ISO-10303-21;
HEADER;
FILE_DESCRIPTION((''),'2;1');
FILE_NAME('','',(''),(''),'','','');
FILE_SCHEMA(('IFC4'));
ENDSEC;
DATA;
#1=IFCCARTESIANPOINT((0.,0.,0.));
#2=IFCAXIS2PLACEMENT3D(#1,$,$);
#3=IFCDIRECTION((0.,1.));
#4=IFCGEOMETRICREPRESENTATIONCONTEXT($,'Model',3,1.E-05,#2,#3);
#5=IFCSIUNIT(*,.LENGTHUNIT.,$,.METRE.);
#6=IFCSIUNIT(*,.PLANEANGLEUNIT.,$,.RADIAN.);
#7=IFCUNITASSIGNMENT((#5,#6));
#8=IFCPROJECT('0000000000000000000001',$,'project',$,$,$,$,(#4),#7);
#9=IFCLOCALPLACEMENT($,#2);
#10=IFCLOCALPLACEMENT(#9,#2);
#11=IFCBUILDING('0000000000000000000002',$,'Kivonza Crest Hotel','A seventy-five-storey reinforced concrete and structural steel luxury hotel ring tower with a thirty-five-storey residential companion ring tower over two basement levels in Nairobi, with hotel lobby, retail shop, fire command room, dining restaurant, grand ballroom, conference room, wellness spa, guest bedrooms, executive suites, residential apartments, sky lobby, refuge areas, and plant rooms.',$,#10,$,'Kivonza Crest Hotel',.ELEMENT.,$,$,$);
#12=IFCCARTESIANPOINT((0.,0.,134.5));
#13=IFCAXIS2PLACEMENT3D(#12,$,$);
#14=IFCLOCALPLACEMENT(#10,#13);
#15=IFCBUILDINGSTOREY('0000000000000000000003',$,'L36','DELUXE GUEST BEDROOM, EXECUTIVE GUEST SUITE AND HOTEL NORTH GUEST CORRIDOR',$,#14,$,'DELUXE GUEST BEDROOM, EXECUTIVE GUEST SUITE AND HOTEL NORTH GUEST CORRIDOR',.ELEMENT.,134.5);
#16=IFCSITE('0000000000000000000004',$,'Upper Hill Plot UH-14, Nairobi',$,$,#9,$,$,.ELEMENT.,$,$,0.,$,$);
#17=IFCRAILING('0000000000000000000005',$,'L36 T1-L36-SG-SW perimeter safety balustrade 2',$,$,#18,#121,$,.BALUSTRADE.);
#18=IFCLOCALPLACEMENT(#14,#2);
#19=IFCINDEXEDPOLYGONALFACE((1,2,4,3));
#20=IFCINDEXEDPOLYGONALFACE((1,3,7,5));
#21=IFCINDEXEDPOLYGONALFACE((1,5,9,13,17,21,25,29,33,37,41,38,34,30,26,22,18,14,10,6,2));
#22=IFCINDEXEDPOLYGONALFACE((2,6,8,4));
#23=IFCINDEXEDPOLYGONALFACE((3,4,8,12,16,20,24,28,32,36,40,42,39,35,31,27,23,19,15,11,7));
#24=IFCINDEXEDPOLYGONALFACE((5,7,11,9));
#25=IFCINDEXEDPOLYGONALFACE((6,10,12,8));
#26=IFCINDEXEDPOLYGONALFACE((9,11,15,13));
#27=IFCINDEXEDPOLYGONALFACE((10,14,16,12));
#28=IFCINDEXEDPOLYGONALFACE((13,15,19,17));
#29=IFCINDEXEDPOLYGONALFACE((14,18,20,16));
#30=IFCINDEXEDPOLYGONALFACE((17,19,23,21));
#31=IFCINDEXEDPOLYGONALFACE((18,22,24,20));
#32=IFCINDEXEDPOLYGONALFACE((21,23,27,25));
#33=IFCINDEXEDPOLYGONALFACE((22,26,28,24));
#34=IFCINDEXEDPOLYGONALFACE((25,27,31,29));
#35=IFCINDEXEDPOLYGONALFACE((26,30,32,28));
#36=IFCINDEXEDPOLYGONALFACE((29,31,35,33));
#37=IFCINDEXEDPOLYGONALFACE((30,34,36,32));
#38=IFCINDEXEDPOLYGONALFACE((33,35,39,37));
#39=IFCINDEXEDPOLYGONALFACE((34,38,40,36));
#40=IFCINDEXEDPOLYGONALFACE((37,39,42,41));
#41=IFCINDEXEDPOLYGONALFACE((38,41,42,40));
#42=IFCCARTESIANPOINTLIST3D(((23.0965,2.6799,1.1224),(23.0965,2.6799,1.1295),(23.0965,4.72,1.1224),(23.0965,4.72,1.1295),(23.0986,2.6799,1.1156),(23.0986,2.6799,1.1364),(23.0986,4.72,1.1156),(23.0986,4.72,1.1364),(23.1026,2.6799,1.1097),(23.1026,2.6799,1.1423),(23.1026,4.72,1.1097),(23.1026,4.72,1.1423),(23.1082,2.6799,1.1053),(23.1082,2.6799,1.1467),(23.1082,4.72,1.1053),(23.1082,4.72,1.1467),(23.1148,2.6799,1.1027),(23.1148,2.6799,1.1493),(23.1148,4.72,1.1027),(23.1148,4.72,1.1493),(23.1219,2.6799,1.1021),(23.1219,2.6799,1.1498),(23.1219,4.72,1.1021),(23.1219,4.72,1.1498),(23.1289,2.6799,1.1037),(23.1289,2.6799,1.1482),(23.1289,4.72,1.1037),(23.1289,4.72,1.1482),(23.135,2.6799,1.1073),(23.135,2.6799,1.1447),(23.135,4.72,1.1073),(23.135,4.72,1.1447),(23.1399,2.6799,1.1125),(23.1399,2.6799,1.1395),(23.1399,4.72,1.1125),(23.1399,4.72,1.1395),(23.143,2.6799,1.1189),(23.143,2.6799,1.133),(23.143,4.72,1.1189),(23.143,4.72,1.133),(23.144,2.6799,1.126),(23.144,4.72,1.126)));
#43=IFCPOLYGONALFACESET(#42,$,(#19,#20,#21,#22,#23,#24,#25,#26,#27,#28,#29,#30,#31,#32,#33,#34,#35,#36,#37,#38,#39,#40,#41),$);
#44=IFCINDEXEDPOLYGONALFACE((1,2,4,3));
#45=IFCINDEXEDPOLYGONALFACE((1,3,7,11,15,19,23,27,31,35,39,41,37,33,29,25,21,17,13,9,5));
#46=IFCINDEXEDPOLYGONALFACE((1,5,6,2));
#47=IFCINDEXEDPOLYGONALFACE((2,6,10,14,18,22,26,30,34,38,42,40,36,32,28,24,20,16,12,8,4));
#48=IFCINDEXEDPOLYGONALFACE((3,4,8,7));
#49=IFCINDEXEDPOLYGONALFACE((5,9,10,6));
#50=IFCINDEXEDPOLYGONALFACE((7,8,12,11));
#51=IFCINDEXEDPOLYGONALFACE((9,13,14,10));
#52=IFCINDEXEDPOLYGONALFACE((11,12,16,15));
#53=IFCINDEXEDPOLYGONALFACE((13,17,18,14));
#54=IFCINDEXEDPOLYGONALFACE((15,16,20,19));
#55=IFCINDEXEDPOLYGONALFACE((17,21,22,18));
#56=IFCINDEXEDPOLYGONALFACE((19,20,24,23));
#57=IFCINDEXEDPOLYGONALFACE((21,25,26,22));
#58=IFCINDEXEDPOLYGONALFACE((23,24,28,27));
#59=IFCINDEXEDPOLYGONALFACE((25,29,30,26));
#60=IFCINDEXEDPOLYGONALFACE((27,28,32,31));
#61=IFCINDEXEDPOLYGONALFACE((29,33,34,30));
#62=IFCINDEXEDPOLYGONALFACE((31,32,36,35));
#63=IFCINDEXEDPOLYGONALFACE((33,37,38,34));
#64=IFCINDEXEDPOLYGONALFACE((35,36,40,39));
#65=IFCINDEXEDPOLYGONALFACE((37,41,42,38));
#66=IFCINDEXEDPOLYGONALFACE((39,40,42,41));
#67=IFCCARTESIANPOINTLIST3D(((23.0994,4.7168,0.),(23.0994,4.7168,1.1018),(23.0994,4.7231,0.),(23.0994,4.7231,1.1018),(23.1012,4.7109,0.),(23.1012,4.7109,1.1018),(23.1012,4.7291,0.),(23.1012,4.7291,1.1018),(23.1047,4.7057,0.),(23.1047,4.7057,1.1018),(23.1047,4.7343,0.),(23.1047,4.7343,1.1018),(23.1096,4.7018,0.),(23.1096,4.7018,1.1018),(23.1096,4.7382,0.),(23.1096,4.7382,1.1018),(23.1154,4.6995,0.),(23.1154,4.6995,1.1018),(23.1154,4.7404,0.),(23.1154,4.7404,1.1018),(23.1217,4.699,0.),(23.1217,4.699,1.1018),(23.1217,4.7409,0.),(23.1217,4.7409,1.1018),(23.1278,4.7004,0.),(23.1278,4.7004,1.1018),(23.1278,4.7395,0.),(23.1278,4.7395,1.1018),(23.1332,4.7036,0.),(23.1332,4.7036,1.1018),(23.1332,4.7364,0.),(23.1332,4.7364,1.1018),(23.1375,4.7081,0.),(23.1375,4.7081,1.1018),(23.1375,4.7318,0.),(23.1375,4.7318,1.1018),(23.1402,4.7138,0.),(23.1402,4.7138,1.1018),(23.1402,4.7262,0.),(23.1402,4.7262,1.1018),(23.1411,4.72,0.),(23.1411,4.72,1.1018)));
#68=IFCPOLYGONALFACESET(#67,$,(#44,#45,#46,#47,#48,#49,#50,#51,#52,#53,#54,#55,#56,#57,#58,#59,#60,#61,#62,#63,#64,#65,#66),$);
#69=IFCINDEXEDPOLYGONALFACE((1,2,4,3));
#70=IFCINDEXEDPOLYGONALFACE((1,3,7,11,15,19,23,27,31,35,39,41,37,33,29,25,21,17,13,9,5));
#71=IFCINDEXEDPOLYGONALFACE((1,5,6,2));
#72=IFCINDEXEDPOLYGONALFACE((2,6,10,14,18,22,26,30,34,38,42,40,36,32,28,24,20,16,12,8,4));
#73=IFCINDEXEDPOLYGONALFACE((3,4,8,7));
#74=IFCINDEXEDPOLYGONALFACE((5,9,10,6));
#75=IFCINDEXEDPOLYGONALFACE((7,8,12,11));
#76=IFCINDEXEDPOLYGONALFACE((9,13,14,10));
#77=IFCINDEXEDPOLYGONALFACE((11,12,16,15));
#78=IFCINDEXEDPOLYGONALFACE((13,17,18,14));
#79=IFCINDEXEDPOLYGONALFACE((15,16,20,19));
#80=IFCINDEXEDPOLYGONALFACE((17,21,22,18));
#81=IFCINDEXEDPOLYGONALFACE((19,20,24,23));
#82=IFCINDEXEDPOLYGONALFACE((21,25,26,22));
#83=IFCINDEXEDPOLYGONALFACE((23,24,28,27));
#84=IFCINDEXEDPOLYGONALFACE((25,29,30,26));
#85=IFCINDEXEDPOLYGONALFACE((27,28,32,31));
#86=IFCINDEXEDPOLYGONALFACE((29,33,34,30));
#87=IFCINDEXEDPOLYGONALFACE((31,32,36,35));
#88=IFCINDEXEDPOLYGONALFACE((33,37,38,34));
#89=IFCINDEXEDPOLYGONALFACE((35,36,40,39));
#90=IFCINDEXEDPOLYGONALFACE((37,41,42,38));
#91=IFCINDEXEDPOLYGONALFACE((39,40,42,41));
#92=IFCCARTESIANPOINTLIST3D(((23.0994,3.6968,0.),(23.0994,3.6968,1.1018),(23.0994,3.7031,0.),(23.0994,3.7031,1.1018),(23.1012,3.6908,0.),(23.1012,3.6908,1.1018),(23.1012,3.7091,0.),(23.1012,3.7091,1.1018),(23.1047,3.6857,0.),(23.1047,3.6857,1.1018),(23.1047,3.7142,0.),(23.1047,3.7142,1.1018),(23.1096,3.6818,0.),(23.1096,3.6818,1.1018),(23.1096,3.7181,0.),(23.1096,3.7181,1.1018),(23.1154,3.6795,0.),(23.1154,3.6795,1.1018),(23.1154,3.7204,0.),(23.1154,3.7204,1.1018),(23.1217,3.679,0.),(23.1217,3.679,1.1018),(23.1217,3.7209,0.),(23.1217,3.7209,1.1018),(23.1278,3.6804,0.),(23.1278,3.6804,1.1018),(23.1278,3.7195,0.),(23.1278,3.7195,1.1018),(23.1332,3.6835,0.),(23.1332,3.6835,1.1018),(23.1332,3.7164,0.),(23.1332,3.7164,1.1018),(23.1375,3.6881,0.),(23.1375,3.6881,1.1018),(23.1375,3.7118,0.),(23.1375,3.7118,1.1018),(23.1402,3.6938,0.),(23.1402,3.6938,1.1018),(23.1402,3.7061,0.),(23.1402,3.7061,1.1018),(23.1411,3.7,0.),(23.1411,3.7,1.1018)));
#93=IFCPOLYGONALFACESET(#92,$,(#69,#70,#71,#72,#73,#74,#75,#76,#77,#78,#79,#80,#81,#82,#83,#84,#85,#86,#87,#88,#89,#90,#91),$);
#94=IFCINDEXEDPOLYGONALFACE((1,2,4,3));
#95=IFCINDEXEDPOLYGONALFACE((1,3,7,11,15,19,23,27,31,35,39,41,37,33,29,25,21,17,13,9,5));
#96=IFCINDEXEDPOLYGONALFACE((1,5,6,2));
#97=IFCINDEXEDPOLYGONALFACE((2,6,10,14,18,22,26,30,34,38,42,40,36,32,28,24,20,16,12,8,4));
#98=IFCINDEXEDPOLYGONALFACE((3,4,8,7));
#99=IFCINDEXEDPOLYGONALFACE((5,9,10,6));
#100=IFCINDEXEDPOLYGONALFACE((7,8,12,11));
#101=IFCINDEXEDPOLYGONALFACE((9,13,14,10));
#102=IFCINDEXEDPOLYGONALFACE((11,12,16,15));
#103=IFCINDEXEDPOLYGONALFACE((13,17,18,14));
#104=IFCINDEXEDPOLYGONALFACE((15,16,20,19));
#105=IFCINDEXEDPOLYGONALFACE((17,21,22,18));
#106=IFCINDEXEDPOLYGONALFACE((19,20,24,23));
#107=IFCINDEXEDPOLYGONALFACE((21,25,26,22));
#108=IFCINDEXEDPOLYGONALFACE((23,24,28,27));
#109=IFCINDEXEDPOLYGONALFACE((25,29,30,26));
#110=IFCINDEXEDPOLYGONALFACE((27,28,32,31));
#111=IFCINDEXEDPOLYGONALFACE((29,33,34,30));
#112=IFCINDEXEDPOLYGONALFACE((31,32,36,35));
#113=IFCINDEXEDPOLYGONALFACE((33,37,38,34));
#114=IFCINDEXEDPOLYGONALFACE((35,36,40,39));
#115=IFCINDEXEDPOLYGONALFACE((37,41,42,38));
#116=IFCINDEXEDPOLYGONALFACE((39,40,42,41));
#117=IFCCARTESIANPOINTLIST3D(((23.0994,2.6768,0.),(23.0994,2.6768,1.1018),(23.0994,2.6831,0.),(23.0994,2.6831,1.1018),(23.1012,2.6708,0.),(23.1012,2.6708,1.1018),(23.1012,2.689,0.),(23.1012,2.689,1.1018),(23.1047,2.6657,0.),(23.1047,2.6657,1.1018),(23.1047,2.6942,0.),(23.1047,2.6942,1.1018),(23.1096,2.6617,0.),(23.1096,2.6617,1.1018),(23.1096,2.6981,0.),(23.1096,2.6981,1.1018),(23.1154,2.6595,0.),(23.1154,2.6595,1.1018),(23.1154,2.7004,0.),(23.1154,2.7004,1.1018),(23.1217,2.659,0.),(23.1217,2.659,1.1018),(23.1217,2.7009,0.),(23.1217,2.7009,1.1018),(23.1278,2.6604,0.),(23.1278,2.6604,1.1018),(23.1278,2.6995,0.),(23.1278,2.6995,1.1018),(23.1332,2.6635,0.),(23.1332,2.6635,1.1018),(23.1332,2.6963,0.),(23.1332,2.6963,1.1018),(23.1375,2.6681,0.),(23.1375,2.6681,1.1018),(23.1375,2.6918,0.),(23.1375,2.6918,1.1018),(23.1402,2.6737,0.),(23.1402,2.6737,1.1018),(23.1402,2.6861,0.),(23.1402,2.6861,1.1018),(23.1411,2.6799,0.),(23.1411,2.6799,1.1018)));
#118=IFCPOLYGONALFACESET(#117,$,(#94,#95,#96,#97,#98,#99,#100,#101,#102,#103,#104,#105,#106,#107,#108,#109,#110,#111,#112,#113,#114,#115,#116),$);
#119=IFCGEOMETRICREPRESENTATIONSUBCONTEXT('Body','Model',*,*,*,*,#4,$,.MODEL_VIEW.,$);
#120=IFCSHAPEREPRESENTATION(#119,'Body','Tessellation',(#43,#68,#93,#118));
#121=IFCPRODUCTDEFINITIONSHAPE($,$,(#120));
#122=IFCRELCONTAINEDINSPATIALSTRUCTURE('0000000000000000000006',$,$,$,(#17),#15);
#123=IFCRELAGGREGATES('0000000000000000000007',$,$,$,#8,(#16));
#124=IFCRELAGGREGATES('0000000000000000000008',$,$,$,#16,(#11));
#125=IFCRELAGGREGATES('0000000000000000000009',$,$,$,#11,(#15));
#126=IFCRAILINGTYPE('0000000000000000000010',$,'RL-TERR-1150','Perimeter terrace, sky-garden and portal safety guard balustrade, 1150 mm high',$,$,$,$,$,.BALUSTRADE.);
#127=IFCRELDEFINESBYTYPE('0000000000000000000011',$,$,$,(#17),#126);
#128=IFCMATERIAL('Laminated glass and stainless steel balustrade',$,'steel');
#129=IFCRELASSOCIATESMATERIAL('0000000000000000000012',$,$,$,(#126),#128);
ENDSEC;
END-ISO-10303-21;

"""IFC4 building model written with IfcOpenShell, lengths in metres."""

from ifc_helpers import new_model, si_unit, direction, frame, origin, origin_2d, place, context, subcontext, project, spatial, circle, extrude, material, type_object, element, save


model = new_model("IFC4")

# Units and contexts
model_context = context("Model", 3, precision=1e-05, world=origin(), true_north=direction((0.0, 1.0)))
body_context = subcontext(model_context, "Body", "Model", "MODEL_VIEW")
ifc_project = project(units=[si_unit("LENGTHUNIT", "METRE"), si_unit("PLANEANGLEUNIT", "RADIAN")], contexts=[model_context])

# Site, building, storey
site_placement = place(None, origin())
site = spatial("IfcSite", under=ifc_project, at=site_placement, Name="Upper Hill Plot UH-14, Nairobi", CompositionType="ELEMENT", RefElevation=0.0)
building_placement = place(site_placement, origin())
building = spatial("IfcBuilding", under=site, at=building_placement, Name="Kivonza Crest Hotel", Description="A seventy-five-storey reinforced concrete and structural steel luxury hotel ring tower with a thirty-five-storey residential companion ring tower over two basement levels in Nairobi, with hotel lobby, retail shop, fire command room, dining restaurant, grand ballroom, conference room, wellness spa, guest bedrooms, executive suites, residential apartments, sky lobby, refuge areas, and plant rooms.", LongName="Kivonza Crest Hotel", CompositionType="ELEMENT")
storey_placement = place(building_placement, frame((0.0, 0.0, 134.5)))
storey = spatial("IfcBuildingStorey", under=building, at=storey_placement, Name="L36", Description="DELUXE GUEST BEDROOM, EXECUTIVE GUEST SUITE AND HOTEL NORTH GUEST CORRIDOR", LongName="DELUXE GUEST BEDROOM, EXECUTIVE GUEST SUITE AND HOTEL NORTH GUEST CORRIDOR", CompositionType="ELEMENT", Elevation=134.5)

# Railing
ifc_material_1 = material(Name="Laminated glass and stainless steel balustrade", Category="steel")
railing_type = type_object("IfcRailingType", Name="RL-TERR-1150", Description="Perimeter terrace, sky-garden and portal safety guard balustrade, 1150 mm high", PredefinedType="BALUSTRADE", material=ifc_material_1)
railing_1_placement = place(storey_placement, frame((23.1201, 4.72, 0.0)))
element("IfcRailing", 1, at=railing_1_placement, inside=storey, type_object=railing_type, Name="L36 T1-L36-SG-SW perimeter safety balustrade 2", PredefinedType="BALUSTRADE", context=body_context, shape_type="SweptSolid", body=[
    extrude(circle(Radius=0.0239, at=origin_2d()), frame((0.0, 0.0, 1.126), z_axis=(0.0, -1.0, 0.0), x_axis=(1.0, 0.0, 0.0)), (0.0, 0.0, 1.0), 2.04),
    extrude(circle(Radius=0.021, at=origin_2d()), origin(), (0.0, 0.0, 1.0), 1.1018),
    extrude(circle(Radius=0.021, at=origin_2d()), frame((0.0, -1.02, 0.0)), (0.0, 0.0, 1.0), 1.1018),
    extrude(circle(Radius=0.021, at=origin_2d()), frame((0.0, -2.04, 0.0)), (0.0, 0.0, 1.0), 1.1018),
])

save(model, "model.ifc")
